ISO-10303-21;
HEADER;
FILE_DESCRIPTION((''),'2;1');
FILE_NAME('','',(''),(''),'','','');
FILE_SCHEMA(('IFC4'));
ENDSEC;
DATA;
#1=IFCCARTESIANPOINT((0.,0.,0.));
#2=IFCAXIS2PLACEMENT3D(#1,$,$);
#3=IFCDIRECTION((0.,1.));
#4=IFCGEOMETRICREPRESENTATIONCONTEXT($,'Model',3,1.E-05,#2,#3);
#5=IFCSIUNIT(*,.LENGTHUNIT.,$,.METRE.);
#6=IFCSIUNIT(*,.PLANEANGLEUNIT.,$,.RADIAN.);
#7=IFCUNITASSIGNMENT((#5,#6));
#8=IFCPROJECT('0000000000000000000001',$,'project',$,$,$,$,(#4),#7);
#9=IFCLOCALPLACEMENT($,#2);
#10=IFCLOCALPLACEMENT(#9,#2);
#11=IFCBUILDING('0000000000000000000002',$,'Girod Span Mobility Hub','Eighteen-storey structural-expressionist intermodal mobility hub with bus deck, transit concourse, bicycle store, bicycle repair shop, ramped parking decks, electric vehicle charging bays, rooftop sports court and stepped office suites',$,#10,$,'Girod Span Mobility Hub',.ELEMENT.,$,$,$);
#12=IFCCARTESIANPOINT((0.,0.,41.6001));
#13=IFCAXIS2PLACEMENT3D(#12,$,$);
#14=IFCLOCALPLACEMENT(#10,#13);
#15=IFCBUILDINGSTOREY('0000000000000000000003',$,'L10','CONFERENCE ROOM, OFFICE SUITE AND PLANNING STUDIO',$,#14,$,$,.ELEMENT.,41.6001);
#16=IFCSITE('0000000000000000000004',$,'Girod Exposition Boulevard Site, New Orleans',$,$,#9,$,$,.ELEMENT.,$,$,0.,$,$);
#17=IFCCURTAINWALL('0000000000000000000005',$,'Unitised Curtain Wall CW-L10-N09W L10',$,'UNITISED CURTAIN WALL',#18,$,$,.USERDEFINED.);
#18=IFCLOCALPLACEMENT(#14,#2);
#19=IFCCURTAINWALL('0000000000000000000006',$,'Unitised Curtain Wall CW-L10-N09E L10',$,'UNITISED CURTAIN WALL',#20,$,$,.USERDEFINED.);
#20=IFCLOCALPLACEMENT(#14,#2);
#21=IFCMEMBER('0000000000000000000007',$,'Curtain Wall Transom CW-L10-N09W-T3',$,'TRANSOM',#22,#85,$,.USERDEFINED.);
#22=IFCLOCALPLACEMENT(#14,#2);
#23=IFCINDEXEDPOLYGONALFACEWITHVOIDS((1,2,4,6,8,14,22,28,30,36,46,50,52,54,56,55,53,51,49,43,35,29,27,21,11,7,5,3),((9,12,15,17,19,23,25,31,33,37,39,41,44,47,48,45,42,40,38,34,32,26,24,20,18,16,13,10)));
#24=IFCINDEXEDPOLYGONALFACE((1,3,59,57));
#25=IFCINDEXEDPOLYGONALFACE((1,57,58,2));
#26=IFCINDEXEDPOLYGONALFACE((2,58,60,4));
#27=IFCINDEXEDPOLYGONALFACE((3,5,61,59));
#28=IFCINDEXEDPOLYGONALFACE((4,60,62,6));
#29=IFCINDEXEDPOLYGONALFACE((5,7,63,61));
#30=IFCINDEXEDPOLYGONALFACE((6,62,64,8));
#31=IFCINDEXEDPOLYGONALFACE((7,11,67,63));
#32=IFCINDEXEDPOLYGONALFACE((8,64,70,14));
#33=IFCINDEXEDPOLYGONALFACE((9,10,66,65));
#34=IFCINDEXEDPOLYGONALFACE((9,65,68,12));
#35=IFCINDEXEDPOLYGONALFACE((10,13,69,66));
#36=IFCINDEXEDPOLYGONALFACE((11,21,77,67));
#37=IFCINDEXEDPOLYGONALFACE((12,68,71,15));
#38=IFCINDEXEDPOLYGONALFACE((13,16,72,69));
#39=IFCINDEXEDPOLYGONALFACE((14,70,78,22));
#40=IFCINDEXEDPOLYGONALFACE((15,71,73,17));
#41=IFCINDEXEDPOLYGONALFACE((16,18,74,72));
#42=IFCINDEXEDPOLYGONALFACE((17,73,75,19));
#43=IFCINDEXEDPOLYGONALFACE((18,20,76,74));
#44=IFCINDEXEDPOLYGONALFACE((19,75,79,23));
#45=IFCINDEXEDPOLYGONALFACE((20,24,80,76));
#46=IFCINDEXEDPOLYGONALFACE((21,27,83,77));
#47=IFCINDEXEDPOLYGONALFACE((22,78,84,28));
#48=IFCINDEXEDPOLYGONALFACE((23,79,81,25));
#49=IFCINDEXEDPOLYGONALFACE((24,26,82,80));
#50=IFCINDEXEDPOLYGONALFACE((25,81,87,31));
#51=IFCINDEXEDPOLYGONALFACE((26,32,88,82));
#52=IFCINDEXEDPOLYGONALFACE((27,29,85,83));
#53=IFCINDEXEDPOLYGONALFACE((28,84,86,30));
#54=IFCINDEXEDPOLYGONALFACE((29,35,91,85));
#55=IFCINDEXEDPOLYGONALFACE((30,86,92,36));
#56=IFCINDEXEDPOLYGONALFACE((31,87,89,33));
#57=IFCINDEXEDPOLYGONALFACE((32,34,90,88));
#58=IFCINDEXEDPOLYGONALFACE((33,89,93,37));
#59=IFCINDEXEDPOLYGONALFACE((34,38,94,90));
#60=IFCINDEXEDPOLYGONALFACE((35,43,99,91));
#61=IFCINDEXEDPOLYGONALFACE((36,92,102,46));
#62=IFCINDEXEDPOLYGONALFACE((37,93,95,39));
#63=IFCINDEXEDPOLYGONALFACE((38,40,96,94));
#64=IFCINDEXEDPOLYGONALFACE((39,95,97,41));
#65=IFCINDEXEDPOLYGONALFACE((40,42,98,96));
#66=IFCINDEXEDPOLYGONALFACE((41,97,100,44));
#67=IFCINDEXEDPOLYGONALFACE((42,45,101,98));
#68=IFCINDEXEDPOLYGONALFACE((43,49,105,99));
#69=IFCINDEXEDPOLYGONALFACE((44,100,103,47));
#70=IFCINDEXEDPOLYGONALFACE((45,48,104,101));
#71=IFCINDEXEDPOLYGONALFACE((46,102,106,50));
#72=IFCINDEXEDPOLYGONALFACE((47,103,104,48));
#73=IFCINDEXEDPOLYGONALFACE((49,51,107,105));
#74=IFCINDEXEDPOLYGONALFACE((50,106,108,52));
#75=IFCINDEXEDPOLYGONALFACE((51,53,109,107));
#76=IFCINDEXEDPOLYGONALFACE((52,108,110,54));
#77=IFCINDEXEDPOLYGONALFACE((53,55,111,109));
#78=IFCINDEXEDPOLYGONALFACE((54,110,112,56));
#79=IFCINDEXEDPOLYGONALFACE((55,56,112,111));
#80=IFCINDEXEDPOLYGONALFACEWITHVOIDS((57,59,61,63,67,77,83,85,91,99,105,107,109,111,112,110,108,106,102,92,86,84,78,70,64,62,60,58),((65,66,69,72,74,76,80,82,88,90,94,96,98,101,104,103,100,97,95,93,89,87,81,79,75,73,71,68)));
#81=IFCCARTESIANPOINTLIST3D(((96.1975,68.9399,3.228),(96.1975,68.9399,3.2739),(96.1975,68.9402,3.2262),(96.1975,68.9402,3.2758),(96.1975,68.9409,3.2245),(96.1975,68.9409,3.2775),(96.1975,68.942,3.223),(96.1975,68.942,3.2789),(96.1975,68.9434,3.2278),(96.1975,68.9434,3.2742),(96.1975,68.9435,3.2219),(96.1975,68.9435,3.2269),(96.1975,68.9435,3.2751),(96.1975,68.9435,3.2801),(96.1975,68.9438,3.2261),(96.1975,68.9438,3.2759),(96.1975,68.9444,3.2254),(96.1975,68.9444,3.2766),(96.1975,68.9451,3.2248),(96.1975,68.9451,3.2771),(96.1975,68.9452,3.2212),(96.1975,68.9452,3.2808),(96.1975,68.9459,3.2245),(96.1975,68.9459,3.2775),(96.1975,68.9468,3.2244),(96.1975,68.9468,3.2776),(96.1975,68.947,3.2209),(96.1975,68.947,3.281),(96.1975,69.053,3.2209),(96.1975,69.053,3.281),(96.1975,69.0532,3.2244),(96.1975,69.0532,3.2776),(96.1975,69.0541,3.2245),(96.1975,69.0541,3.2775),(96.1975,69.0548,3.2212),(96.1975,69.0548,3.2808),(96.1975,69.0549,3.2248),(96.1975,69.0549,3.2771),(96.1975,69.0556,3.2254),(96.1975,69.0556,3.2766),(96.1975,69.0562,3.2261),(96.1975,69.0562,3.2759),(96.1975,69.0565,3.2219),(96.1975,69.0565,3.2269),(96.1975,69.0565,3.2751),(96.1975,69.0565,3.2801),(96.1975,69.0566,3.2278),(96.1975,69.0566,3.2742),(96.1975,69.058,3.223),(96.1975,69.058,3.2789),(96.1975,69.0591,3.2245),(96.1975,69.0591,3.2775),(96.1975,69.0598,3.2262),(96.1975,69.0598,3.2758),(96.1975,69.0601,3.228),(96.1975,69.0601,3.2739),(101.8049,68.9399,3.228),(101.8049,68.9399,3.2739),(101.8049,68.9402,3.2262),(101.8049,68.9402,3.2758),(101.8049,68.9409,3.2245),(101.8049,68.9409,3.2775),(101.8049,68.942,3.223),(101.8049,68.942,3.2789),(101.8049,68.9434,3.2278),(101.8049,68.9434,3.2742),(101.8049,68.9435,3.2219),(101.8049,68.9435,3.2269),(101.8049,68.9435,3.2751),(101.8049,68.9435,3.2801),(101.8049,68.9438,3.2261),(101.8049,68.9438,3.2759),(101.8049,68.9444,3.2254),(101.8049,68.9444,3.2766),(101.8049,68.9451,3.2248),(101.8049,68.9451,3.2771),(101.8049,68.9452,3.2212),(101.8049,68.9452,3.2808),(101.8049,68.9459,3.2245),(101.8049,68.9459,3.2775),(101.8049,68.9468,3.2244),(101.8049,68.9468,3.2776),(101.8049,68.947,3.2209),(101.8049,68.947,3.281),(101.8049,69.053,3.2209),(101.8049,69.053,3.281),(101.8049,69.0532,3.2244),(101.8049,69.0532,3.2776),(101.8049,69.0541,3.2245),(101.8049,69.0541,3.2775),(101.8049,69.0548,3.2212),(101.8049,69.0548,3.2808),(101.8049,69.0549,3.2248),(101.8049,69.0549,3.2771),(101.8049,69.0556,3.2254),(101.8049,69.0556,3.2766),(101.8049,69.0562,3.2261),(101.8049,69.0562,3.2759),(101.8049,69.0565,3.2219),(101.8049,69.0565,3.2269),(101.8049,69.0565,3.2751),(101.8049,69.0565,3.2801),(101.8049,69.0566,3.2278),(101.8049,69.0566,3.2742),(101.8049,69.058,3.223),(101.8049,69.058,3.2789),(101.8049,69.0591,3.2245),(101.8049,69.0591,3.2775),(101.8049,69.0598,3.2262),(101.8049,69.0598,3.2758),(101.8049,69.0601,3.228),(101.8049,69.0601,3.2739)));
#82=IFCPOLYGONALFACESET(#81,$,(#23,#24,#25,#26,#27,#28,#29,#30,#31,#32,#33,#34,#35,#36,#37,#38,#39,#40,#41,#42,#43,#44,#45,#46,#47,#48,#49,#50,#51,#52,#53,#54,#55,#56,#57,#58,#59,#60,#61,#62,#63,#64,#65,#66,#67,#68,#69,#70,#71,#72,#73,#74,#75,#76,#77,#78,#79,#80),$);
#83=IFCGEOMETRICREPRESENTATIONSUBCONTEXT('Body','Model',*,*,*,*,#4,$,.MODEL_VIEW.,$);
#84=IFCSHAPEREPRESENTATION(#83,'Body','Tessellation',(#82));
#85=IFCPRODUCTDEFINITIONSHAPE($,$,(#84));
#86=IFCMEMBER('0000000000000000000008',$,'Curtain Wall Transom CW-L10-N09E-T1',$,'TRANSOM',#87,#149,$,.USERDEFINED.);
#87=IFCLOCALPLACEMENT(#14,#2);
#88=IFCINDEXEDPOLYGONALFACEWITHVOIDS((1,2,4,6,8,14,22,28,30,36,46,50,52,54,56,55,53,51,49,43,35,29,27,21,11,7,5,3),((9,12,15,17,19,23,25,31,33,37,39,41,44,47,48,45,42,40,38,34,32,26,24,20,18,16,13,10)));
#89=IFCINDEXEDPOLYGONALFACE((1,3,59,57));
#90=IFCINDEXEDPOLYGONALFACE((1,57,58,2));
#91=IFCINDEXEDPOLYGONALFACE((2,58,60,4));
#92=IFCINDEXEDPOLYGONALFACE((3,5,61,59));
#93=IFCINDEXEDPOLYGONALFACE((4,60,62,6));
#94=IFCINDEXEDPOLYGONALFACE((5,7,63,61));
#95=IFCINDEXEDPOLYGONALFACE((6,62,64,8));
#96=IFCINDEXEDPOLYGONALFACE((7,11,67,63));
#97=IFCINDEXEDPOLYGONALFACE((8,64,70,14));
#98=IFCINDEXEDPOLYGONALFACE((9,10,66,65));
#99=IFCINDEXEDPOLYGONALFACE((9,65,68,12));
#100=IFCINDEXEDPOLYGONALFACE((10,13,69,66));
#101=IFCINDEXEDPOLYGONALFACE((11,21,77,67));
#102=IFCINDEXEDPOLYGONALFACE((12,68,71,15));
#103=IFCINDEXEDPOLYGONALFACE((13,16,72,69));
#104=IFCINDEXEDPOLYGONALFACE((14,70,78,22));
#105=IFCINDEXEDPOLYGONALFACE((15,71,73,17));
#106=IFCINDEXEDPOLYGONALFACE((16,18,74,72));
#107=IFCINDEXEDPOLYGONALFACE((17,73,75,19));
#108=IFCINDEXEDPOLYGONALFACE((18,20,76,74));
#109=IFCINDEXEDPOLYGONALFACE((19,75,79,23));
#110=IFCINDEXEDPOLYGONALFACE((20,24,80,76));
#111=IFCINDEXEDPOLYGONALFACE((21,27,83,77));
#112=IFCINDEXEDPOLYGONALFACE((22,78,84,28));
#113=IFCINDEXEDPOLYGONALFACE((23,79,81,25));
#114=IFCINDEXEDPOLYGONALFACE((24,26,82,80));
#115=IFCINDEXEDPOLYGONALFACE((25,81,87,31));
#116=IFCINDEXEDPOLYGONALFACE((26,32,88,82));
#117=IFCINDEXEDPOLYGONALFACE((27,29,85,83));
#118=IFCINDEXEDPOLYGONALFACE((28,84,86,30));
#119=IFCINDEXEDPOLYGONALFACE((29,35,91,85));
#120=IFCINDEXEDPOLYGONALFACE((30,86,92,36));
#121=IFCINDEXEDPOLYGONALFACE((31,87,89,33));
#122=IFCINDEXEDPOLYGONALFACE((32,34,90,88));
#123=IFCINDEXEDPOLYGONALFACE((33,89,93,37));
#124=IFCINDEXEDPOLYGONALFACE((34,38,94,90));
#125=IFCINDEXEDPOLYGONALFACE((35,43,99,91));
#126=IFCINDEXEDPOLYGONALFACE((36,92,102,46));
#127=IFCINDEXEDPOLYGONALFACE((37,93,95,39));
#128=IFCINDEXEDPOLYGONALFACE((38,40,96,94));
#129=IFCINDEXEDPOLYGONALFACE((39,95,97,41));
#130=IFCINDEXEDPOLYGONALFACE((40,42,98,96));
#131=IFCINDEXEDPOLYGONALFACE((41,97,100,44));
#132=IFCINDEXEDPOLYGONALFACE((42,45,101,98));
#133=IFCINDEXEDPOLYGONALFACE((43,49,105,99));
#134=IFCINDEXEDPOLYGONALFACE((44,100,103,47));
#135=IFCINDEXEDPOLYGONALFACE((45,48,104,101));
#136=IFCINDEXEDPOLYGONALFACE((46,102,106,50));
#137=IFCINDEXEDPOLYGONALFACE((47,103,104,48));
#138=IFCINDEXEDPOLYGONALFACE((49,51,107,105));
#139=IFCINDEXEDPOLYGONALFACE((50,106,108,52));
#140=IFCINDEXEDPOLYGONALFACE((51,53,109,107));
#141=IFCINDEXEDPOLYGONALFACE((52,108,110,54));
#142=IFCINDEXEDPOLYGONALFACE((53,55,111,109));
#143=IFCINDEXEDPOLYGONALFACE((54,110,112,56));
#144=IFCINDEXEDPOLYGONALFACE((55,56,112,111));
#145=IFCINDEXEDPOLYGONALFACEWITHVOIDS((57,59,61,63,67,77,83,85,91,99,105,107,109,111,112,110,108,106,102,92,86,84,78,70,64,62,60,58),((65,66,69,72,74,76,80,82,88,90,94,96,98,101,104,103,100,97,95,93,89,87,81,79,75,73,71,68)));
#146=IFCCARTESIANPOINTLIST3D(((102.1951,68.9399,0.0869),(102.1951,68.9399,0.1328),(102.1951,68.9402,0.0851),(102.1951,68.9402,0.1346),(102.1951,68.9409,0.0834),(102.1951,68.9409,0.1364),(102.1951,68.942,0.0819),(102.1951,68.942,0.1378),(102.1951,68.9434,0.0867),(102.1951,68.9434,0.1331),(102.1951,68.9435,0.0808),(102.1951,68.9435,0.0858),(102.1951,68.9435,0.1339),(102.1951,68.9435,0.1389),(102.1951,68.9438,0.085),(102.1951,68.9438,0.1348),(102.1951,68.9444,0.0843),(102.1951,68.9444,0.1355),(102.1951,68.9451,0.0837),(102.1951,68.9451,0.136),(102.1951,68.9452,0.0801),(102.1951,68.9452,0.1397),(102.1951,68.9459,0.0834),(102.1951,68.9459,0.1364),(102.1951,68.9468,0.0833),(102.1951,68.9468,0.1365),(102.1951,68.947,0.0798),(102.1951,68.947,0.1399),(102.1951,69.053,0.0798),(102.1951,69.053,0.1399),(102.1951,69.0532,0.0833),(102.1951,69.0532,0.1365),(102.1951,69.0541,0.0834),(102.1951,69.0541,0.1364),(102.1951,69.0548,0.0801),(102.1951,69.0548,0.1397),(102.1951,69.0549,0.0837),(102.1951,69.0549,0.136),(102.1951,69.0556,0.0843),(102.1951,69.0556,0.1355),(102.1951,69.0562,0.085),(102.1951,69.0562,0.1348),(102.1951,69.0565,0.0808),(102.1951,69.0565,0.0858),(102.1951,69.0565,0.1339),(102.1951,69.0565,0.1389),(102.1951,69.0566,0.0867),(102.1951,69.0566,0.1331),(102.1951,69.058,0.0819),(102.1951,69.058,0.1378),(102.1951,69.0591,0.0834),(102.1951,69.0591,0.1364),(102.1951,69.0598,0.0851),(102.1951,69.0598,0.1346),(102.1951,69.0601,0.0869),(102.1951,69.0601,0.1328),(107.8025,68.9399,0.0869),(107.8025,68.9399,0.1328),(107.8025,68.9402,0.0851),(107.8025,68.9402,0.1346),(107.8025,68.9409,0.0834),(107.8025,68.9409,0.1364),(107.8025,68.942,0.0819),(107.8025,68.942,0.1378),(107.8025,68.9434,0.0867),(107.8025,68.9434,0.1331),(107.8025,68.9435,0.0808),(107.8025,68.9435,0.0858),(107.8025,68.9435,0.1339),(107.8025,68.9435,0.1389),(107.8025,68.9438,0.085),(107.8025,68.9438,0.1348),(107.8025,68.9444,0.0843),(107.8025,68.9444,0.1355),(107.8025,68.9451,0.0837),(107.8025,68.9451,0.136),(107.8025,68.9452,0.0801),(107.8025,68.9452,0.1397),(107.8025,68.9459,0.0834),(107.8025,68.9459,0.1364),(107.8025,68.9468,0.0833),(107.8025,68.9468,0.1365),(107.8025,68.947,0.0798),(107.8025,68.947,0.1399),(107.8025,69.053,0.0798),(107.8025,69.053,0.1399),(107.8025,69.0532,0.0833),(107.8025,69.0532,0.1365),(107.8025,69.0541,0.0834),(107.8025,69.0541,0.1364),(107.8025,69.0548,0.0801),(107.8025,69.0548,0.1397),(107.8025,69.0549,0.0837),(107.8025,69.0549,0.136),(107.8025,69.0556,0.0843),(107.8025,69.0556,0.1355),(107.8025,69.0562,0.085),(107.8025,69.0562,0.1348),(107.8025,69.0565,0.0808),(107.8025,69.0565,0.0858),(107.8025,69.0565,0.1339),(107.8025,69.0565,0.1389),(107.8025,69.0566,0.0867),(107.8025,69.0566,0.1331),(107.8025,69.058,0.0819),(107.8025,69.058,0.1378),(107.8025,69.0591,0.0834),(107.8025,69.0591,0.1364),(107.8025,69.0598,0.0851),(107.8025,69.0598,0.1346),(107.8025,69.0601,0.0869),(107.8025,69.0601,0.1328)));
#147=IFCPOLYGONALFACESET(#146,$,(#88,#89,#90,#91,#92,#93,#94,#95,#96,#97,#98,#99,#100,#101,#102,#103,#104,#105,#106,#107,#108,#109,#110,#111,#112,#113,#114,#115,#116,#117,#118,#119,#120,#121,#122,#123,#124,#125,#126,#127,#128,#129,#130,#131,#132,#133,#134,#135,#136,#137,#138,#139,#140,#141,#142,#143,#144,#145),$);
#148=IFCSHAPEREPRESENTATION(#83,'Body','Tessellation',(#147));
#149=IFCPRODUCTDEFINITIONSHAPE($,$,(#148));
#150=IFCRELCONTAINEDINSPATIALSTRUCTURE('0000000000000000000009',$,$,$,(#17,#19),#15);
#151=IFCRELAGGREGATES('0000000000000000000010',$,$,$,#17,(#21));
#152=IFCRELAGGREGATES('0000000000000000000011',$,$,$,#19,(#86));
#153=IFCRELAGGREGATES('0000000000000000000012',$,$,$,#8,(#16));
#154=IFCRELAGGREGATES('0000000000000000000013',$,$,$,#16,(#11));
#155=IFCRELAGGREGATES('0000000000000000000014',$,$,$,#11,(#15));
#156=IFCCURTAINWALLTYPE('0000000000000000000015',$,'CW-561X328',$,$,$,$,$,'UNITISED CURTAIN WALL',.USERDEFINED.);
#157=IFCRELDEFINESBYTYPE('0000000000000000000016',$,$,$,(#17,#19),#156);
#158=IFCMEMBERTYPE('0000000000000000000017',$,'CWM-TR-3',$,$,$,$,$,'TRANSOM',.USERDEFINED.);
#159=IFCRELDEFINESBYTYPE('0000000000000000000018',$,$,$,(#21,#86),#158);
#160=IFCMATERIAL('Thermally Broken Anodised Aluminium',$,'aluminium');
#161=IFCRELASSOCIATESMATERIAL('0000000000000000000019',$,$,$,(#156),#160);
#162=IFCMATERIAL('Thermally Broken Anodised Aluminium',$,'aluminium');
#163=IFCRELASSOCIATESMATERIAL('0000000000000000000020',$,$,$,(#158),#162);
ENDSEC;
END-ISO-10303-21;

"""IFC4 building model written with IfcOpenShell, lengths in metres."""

from ifc_helpers import new_model, si_unit, direction, frame, origin, origin_2d, place, context, subcontext, project, spatial, hollow_rectangle, extrude, material, material_profile, profile_set, type_object, element, aggregate, save


model = new_model("IFC4")

# Units and contexts
model_context = context("Model", 3, precision=1e-05, world=origin(), true_north=direction((0.0, 1.0)))
body_context = subcontext(model_context, "Body", "Model", "MODEL_VIEW")
ifc_project = project(units=[si_unit("LENGTHUNIT", "METRE"), si_unit("PLANEANGLEUNIT", "RADIAN")], contexts=[model_context])

# Site, building, storey
site_placement = place(None, origin())
site = spatial("IfcSite", under=ifc_project, at=site_placement, Name="Girod Exposition Boulevard Site, New Orleans", CompositionType="ELEMENT", RefElevation=0.0)
building_placement = place(site_placement, origin())
building = spatial("IfcBuilding", under=site, at=building_placement, Name="Girod Span Mobility Hub", Description="Eighteen-storey structural-expressionist intermodal mobility hub with bus deck, transit concourse, bicycle store, bicycle repair shop, ramped parking decks, electric vehicle charging bays, rooftop sports court and stepped office suites", LongName="Girod Span Mobility Hub", CompositionType="ELEMENT")
storey_placement = place(building_placement, frame((0.0, 0.0, 41.6001)))
storey = spatial("IfcBuildingStorey", under=building, at=storey_placement, Name="L10", Description="CONFERENCE ROOM, OFFICE SUITE AND PLANNING STUDIO", CompositionType="ELEMENT", Elevation=41.6001)

# Curtain walls
ifc_material_1 = material(Name="Thermally Broken Anodised Aluminium", Category="aluminium")
curtain_wall_type = type_object("IfcCurtainWallType", Name="CW-561X328", ElementType="UNITISED CURTAIN WALL", PredefinedType="USERDEFINED", material=ifc_material_1)
curtain_wall_1_placement = place(storey_placement, origin())
curtain_wall_1 = element("IfcCurtainWall", 1, at=curtain_wall_1_placement, inside=storey, type_object=curtain_wall_type, Name="Unitised Curtain Wall CW-L10-N09W L10", ObjectType="UNITISED CURTAIN WALL", PredefinedType="USERDEFINED")
curtain_wall_2_placement = place(storey_placement, origin())
curtain_wall_2 = element("IfcCurtainWall", 2, at=curtain_wall_2_placement, inside=storey, type_object=curtain_wall_type, Name="Unitised Curtain Wall CW-L10-N09E L10", ObjectType="UNITISED CURTAIN WALL", PredefinedType="USERDEFINED")

# Members
ifc_material_2 = material(Name="Thermally Broken Anodised Aluminium", Category="aluminium")
ifc_material_profile_1 = material_profile(ifc_material_2, hollow_rectangle(XDim=0.1201, YDim=0.0601, WallThickness=0.0034, InnerFilletRadius=0.0034, OuterFilletRadius=0.0071, at=origin_2d()), Name="CW-TR-60X120")
ifc_profile_set_1 = profile_set([ifc_material_profile_1], Name="Thermally Broken Anodised Aluminium")
member_type_1 = type_object("IfcMemberType", Name="CWM-TR-3", ElementType="TRANSOM", PredefinedType="USERDEFINED", material=ifc_profile_set_1)
member_1_placement = place(storey_placement, frame((96.1975, 69.0, 3.251), z_axis=(1.0, 0.0, 0.0), x_axis=(0.0, 1.0, 0.0)))
member_1 = element("IfcMember", 3, at=member_1_placement, type_object=member_type_1, Name="Curtain Wall Transom CW-L10-N09W-T3", ObjectType="TRANSOM", PredefinedType="USERDEFINED", context=body_context, shape_type="SweptSolid", body=[
    extrude(hollow_rectangle(XDim=0.1201, YDim=0.0601, WallThickness=0.0034, InnerFilletRadius=0.0034, OuterFilletRadius=0.0071, at=origin_2d()), origin(), (0.0, 0.0, 1.0), 5.6074),
])
member_2_placement = place(storey_placement, frame((102.1951, 69.0, 0.1099), z_axis=(1.0, 0.0, 0.0), x_axis=(0.0, 1.0, 0.0)))
member_2 = element("IfcMember", 4, at=member_2_placement, type_object=member_type_1, Name="Curtain Wall Transom CW-L10-N09E-T1", ObjectType="TRANSOM", PredefinedType="USERDEFINED", context=body_context, shape_type="SweptSolid", body=[
    extrude(hollow_rectangle(XDim=0.1201, YDim=0.0601, WallThickness=0.0034, InnerFilletRadius=0.0034, OuterFilletRadius=0.0071, at=origin_2d()), origin(), (0.0, 0.0, 1.0), 5.6074),
])

aggregate(curtain_wall_1, [member_1])
aggregate(curtain_wall_2, [member_2])

save(model, "model.ifc")
